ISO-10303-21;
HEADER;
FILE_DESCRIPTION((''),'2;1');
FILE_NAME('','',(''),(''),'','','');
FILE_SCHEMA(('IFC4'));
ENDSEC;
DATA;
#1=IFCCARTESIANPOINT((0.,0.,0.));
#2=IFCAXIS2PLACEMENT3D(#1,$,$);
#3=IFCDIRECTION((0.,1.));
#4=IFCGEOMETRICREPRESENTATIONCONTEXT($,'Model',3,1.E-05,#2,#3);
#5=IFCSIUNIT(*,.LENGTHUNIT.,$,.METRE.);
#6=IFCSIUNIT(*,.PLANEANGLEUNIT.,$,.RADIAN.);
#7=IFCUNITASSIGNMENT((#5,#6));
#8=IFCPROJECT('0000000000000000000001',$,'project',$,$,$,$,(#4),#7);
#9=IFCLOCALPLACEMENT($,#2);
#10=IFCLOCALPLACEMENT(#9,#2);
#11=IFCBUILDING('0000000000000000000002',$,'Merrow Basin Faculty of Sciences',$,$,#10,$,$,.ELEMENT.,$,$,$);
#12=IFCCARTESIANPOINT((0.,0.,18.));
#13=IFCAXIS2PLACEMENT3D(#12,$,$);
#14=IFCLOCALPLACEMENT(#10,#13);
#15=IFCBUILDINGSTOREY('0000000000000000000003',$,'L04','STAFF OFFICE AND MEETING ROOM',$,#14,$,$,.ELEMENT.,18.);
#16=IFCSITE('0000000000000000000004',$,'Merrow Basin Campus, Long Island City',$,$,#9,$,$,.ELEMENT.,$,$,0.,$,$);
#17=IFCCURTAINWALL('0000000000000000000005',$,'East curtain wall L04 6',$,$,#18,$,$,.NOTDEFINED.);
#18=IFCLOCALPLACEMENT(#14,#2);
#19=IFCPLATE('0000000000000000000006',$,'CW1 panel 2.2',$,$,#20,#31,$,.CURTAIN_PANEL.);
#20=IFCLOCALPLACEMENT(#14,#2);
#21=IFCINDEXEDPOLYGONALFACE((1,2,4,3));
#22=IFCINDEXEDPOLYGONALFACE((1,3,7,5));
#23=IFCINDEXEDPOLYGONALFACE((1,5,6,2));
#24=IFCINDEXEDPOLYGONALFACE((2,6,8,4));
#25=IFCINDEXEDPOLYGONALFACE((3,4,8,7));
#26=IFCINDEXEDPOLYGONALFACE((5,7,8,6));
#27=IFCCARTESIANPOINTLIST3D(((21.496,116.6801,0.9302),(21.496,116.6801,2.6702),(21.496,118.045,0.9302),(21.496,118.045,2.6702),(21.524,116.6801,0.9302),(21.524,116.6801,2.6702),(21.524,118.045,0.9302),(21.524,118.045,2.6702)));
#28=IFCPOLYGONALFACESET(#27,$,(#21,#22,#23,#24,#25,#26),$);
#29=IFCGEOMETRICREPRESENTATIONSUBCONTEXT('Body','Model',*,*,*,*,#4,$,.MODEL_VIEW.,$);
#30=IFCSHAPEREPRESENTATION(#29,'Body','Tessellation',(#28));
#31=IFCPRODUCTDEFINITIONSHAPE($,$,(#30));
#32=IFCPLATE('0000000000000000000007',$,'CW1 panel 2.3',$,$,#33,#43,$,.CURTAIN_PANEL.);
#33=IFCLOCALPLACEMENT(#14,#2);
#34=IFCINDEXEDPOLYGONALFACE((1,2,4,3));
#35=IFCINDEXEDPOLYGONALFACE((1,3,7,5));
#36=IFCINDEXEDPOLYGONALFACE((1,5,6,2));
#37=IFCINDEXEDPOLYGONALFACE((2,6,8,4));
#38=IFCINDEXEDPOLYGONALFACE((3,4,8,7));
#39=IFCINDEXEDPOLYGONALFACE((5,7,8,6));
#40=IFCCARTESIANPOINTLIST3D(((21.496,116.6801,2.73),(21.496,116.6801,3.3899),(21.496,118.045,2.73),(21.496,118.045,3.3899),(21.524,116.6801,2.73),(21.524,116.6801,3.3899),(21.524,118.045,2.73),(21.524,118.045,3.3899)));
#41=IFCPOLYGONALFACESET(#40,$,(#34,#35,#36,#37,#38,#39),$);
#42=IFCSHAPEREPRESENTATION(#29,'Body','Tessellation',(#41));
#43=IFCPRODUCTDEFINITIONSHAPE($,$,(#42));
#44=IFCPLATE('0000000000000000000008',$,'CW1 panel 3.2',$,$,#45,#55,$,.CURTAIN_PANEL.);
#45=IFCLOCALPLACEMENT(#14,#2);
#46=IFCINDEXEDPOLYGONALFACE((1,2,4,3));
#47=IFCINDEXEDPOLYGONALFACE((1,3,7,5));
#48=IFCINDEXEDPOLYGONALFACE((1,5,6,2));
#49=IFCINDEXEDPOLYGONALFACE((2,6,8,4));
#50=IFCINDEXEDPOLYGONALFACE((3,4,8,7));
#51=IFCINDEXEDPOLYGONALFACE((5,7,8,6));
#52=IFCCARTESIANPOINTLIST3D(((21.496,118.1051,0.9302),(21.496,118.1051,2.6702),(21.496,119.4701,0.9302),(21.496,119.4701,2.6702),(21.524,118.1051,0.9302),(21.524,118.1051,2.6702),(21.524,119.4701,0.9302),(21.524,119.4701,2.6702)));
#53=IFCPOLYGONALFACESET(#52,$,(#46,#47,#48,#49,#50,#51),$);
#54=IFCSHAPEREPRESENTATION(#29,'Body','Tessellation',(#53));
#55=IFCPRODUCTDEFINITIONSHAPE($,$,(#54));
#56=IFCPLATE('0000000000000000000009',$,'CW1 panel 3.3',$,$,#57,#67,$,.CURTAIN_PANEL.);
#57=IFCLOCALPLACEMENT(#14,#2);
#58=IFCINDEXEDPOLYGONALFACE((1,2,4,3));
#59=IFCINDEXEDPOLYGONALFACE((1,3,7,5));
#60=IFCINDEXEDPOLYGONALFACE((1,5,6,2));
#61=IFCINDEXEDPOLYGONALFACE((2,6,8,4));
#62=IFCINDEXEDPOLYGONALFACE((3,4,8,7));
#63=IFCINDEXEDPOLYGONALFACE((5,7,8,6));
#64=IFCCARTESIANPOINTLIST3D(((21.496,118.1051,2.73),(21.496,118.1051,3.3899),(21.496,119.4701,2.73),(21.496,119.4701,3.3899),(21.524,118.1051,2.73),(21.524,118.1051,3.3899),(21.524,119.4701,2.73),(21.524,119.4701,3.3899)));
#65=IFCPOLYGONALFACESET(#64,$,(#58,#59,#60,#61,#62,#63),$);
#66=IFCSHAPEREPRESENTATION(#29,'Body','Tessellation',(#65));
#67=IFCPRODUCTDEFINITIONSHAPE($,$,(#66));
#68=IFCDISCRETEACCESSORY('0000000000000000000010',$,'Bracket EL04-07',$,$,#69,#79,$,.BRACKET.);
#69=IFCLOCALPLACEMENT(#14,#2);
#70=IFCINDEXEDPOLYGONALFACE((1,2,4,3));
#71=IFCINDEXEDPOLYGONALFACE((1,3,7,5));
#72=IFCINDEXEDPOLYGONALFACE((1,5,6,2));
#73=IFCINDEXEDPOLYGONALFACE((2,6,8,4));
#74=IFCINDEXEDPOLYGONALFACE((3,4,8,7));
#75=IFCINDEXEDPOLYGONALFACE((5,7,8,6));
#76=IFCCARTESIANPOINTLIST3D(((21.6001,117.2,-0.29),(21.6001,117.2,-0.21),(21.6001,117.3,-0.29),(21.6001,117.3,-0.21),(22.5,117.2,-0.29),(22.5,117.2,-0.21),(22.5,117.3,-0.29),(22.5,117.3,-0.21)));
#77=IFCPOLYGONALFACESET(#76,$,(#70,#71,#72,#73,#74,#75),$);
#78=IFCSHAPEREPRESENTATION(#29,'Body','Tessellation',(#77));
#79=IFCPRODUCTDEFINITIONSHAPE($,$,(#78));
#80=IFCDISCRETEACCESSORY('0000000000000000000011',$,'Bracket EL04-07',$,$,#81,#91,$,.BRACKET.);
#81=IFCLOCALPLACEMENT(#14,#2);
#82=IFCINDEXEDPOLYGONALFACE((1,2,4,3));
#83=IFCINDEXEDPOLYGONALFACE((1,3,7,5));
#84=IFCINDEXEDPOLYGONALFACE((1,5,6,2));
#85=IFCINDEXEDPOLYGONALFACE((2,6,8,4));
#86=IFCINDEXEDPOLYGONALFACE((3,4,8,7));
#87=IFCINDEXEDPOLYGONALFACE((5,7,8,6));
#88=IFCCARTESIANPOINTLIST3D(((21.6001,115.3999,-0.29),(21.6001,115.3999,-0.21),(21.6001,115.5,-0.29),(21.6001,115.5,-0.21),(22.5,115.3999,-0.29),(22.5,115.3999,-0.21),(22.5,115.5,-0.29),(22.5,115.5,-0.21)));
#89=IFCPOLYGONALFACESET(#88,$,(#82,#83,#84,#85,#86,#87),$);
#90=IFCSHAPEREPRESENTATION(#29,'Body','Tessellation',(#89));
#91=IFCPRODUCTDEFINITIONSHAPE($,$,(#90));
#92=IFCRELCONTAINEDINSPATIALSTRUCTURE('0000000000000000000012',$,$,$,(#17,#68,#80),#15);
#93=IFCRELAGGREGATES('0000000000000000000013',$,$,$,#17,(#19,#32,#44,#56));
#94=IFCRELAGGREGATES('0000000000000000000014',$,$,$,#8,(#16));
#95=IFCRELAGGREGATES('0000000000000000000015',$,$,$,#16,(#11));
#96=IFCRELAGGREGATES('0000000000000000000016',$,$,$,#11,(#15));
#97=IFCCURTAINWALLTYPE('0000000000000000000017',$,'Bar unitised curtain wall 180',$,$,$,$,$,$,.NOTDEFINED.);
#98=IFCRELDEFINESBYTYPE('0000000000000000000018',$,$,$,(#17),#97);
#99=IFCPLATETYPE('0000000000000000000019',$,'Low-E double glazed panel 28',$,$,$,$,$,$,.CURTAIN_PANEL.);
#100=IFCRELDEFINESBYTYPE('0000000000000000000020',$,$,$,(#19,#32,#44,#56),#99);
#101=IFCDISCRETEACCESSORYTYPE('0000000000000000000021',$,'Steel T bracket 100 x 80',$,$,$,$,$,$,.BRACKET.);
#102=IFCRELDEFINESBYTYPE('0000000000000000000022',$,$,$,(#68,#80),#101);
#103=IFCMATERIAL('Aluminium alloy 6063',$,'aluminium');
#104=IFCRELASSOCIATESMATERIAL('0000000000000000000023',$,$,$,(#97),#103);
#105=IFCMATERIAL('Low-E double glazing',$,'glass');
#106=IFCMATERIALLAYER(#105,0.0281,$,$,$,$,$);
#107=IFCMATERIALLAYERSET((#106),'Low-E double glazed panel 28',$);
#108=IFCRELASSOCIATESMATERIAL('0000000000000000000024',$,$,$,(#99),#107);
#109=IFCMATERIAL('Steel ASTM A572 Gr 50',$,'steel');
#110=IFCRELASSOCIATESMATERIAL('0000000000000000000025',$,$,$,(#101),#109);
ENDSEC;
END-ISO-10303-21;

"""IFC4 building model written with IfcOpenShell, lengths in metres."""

from ifc_helpers import new_model, si_unit, direction, frame, origin, origin_2d, place, context, subcontext, project, spatial, polyline, rectangle, outline, extrude, source, transform, mapped, material, layer, layer_set, type_object, element, aggregate, save


model = new_model("IFC4")

# Units and contexts
model_context = context("Model", 3, precision=1e-05, world=origin(), true_north=direction((0.0, 1.0)))
body_context = subcontext(model_context, "Body", "Model", "MODEL_VIEW")
ifc_project = project(units=[si_unit("LENGTHUNIT", "METRE"), si_unit("PLANEANGLEUNIT", "RADIAN")], contexts=[model_context])

# Site, building, storey
site_placement = place(None, origin())
site = spatial("IfcSite", under=ifc_project, at=site_placement, Name="Merrow Basin Campus, Long Island City", CompositionType="ELEMENT", RefElevation=0.0)
building_placement = place(site_placement, origin())
building = spatial("IfcBuilding", under=site, at=building_placement, Name="Merrow Basin Faculty of Sciences", CompositionType="ELEMENT")
storey_placement = place(building_placement, frame((0.0, 0.0, 18.0)))
storey = spatial("IfcBuildingStorey", under=building, at=storey_placement, Name="L04", Description="STAFF OFFICE AND MEETING ROOM", CompositionType="ELEMENT", Elevation=18.0)

# Curtain wall
ifc_material_1 = material(Name="Aluminium alloy 6063", Category="aluminium")
curtain_wall_type = type_object("IfcCurtainWallType", Name="Bar unitised curtain wall 180", PredefinedType="NOTDEFINED", material=ifc_material_1)
curtain_wall_placement = place(storey_placement, origin())
curtain_wall = element("IfcCurtainWall", 1, at=curtain_wall_placement, inside=storey, type_object=curtain_wall_type, Name="East curtain wall L04 6", PredefinedType="NOTDEFINED")

# Plates
ifc_material_2 = material(Name="Low-E double glazing", Category="glass")
ifc_layer_1 = layer(ifc_material_2, 0.0281)
ifc_layer_set_1 = layer_set([ifc_layer_1], Name="Low-E double glazed panel 28")
plate_type_1 = type_object("IfcPlateType", Name="Low-E double glazed panel 28", PredefinedType="CURTAIN_PANEL", material=ifc_layer_set_1)
plate_1_placement = place(storey_placement, frame((21.51, 117.3625, 0.9302), z_axis=(0.0, 0.0, 1.0), x_axis=(0.0, 1.0, 0.0)))
plate_1 = element("IfcPlate", 2, at=plate_1_placement, type_object=plate_type_1, Name="CW1 panel 2.2", PredefinedType="CURTAIN_PANEL", context=body_context, shape_type="SweptSolid", body=[
    extrude(rectangle(XDim=1.365, YDim=0.0281, at=origin_2d()), origin(), (0.0, 0.0, 1.0), 1.74),
])
plate_2_placement = place(storey_placement, frame((21.51, 117.3625, 2.73), z_axis=(0.0, 0.0, 1.0), x_axis=(0.0, 1.0, 0.0)))
plate_2 = element("IfcPlate", 3, at=plate_2_placement, type_object=plate_type_1, Name="CW1 panel 2.3", PredefinedType="CURTAIN_PANEL", context=body_context, shape_type="SweptSolid", body=[
    extrude(rectangle(XDim=1.365, YDim=0.0281, at=origin_2d()), origin(), (0.0, 0.0, 1.0), 0.6599),
])
plate_3_placement = place(storey_placement, frame((21.51, 118.7876, 0.9302), z_axis=(0.0, 0.0, 1.0), x_axis=(0.0, 1.0, 0.0)))
plate_3 = element("IfcPlate", 4, at=plate_3_placement, type_object=plate_type_1, Name="CW1 panel 3.2", PredefinedType="CURTAIN_PANEL", context=body_context, shape_type="SweptSolid", body=[
    extrude(rectangle(XDim=1.365, YDim=0.0281, at=origin_2d()), origin(), (0.0, 0.0, 1.0), 1.74),
])
plate_4_placement = place(storey_placement, frame((21.51, 118.7876, 2.73), z_axis=(0.0, 0.0, 1.0), x_axis=(0.0, 1.0, 0.0)))
plate_4 = element("IfcPlate", 5, at=plate_4_placement, type_object=plate_type_1, Name="CW1 panel 3.3", PredefinedType="CURTAIN_PANEL", context=body_context, shape_type="SweptSolid", body=[
    extrude(rectangle(XDim=1.365, YDim=0.0281, at=origin_2d()), origin(), (0.0, 0.0, 1.0), 0.6599),
])
aggregate(curtain_wall, [plate_1, plate_2, plate_3, plate_4])

# Discrete accessories
ifc_material_3 = material(Name="Steel ASTM A572 Gr 50", Category="steel")
discrete_accessory_type = type_object("IfcDiscreteAccessoryType", Name="Steel T bracket 100 x 80", PredefinedType="BRACKET", material=ifc_material_3)
shared_shape = source(origin(), body_context, "Body", "SweptSolid", [
    extrude(outline(polyline([(0.0, 0.0), (0.1001, 0.0), (0.1001, 0.0801), (0.0, 0.0801), (0.0, 0.0)])), origin(), (0.0, 0.0, 1.0), 0.8999),
])
for number, where, z_axis, x_axis, name in (
    (6, (22.5, 117.3, -0.29), (-1.0, 0.0, 0.0), (0.0, -1.0, 0.0), "Bracket EL04-07"),
    (7, (22.5, 115.5, -0.29), (-1.0, 0.0, 0.0), (0.0, -1.0, 0.0), "Bracket EL04-07"),
):
    element("IfcDiscreteAccessory", number, at=place(storey_placement, frame(where, z_axis=z_axis, x_axis=x_axis)), inside=storey, type_object=discrete_accessory_type, Name=name, PredefinedType="BRACKET", context=body_context, shape_type="MappedRepresentation", body=[
        mapped(shared_shape, transform((0.0, 0.0, 0.0), scale=1.0)),
    ])

save(model, "model.ifc")
